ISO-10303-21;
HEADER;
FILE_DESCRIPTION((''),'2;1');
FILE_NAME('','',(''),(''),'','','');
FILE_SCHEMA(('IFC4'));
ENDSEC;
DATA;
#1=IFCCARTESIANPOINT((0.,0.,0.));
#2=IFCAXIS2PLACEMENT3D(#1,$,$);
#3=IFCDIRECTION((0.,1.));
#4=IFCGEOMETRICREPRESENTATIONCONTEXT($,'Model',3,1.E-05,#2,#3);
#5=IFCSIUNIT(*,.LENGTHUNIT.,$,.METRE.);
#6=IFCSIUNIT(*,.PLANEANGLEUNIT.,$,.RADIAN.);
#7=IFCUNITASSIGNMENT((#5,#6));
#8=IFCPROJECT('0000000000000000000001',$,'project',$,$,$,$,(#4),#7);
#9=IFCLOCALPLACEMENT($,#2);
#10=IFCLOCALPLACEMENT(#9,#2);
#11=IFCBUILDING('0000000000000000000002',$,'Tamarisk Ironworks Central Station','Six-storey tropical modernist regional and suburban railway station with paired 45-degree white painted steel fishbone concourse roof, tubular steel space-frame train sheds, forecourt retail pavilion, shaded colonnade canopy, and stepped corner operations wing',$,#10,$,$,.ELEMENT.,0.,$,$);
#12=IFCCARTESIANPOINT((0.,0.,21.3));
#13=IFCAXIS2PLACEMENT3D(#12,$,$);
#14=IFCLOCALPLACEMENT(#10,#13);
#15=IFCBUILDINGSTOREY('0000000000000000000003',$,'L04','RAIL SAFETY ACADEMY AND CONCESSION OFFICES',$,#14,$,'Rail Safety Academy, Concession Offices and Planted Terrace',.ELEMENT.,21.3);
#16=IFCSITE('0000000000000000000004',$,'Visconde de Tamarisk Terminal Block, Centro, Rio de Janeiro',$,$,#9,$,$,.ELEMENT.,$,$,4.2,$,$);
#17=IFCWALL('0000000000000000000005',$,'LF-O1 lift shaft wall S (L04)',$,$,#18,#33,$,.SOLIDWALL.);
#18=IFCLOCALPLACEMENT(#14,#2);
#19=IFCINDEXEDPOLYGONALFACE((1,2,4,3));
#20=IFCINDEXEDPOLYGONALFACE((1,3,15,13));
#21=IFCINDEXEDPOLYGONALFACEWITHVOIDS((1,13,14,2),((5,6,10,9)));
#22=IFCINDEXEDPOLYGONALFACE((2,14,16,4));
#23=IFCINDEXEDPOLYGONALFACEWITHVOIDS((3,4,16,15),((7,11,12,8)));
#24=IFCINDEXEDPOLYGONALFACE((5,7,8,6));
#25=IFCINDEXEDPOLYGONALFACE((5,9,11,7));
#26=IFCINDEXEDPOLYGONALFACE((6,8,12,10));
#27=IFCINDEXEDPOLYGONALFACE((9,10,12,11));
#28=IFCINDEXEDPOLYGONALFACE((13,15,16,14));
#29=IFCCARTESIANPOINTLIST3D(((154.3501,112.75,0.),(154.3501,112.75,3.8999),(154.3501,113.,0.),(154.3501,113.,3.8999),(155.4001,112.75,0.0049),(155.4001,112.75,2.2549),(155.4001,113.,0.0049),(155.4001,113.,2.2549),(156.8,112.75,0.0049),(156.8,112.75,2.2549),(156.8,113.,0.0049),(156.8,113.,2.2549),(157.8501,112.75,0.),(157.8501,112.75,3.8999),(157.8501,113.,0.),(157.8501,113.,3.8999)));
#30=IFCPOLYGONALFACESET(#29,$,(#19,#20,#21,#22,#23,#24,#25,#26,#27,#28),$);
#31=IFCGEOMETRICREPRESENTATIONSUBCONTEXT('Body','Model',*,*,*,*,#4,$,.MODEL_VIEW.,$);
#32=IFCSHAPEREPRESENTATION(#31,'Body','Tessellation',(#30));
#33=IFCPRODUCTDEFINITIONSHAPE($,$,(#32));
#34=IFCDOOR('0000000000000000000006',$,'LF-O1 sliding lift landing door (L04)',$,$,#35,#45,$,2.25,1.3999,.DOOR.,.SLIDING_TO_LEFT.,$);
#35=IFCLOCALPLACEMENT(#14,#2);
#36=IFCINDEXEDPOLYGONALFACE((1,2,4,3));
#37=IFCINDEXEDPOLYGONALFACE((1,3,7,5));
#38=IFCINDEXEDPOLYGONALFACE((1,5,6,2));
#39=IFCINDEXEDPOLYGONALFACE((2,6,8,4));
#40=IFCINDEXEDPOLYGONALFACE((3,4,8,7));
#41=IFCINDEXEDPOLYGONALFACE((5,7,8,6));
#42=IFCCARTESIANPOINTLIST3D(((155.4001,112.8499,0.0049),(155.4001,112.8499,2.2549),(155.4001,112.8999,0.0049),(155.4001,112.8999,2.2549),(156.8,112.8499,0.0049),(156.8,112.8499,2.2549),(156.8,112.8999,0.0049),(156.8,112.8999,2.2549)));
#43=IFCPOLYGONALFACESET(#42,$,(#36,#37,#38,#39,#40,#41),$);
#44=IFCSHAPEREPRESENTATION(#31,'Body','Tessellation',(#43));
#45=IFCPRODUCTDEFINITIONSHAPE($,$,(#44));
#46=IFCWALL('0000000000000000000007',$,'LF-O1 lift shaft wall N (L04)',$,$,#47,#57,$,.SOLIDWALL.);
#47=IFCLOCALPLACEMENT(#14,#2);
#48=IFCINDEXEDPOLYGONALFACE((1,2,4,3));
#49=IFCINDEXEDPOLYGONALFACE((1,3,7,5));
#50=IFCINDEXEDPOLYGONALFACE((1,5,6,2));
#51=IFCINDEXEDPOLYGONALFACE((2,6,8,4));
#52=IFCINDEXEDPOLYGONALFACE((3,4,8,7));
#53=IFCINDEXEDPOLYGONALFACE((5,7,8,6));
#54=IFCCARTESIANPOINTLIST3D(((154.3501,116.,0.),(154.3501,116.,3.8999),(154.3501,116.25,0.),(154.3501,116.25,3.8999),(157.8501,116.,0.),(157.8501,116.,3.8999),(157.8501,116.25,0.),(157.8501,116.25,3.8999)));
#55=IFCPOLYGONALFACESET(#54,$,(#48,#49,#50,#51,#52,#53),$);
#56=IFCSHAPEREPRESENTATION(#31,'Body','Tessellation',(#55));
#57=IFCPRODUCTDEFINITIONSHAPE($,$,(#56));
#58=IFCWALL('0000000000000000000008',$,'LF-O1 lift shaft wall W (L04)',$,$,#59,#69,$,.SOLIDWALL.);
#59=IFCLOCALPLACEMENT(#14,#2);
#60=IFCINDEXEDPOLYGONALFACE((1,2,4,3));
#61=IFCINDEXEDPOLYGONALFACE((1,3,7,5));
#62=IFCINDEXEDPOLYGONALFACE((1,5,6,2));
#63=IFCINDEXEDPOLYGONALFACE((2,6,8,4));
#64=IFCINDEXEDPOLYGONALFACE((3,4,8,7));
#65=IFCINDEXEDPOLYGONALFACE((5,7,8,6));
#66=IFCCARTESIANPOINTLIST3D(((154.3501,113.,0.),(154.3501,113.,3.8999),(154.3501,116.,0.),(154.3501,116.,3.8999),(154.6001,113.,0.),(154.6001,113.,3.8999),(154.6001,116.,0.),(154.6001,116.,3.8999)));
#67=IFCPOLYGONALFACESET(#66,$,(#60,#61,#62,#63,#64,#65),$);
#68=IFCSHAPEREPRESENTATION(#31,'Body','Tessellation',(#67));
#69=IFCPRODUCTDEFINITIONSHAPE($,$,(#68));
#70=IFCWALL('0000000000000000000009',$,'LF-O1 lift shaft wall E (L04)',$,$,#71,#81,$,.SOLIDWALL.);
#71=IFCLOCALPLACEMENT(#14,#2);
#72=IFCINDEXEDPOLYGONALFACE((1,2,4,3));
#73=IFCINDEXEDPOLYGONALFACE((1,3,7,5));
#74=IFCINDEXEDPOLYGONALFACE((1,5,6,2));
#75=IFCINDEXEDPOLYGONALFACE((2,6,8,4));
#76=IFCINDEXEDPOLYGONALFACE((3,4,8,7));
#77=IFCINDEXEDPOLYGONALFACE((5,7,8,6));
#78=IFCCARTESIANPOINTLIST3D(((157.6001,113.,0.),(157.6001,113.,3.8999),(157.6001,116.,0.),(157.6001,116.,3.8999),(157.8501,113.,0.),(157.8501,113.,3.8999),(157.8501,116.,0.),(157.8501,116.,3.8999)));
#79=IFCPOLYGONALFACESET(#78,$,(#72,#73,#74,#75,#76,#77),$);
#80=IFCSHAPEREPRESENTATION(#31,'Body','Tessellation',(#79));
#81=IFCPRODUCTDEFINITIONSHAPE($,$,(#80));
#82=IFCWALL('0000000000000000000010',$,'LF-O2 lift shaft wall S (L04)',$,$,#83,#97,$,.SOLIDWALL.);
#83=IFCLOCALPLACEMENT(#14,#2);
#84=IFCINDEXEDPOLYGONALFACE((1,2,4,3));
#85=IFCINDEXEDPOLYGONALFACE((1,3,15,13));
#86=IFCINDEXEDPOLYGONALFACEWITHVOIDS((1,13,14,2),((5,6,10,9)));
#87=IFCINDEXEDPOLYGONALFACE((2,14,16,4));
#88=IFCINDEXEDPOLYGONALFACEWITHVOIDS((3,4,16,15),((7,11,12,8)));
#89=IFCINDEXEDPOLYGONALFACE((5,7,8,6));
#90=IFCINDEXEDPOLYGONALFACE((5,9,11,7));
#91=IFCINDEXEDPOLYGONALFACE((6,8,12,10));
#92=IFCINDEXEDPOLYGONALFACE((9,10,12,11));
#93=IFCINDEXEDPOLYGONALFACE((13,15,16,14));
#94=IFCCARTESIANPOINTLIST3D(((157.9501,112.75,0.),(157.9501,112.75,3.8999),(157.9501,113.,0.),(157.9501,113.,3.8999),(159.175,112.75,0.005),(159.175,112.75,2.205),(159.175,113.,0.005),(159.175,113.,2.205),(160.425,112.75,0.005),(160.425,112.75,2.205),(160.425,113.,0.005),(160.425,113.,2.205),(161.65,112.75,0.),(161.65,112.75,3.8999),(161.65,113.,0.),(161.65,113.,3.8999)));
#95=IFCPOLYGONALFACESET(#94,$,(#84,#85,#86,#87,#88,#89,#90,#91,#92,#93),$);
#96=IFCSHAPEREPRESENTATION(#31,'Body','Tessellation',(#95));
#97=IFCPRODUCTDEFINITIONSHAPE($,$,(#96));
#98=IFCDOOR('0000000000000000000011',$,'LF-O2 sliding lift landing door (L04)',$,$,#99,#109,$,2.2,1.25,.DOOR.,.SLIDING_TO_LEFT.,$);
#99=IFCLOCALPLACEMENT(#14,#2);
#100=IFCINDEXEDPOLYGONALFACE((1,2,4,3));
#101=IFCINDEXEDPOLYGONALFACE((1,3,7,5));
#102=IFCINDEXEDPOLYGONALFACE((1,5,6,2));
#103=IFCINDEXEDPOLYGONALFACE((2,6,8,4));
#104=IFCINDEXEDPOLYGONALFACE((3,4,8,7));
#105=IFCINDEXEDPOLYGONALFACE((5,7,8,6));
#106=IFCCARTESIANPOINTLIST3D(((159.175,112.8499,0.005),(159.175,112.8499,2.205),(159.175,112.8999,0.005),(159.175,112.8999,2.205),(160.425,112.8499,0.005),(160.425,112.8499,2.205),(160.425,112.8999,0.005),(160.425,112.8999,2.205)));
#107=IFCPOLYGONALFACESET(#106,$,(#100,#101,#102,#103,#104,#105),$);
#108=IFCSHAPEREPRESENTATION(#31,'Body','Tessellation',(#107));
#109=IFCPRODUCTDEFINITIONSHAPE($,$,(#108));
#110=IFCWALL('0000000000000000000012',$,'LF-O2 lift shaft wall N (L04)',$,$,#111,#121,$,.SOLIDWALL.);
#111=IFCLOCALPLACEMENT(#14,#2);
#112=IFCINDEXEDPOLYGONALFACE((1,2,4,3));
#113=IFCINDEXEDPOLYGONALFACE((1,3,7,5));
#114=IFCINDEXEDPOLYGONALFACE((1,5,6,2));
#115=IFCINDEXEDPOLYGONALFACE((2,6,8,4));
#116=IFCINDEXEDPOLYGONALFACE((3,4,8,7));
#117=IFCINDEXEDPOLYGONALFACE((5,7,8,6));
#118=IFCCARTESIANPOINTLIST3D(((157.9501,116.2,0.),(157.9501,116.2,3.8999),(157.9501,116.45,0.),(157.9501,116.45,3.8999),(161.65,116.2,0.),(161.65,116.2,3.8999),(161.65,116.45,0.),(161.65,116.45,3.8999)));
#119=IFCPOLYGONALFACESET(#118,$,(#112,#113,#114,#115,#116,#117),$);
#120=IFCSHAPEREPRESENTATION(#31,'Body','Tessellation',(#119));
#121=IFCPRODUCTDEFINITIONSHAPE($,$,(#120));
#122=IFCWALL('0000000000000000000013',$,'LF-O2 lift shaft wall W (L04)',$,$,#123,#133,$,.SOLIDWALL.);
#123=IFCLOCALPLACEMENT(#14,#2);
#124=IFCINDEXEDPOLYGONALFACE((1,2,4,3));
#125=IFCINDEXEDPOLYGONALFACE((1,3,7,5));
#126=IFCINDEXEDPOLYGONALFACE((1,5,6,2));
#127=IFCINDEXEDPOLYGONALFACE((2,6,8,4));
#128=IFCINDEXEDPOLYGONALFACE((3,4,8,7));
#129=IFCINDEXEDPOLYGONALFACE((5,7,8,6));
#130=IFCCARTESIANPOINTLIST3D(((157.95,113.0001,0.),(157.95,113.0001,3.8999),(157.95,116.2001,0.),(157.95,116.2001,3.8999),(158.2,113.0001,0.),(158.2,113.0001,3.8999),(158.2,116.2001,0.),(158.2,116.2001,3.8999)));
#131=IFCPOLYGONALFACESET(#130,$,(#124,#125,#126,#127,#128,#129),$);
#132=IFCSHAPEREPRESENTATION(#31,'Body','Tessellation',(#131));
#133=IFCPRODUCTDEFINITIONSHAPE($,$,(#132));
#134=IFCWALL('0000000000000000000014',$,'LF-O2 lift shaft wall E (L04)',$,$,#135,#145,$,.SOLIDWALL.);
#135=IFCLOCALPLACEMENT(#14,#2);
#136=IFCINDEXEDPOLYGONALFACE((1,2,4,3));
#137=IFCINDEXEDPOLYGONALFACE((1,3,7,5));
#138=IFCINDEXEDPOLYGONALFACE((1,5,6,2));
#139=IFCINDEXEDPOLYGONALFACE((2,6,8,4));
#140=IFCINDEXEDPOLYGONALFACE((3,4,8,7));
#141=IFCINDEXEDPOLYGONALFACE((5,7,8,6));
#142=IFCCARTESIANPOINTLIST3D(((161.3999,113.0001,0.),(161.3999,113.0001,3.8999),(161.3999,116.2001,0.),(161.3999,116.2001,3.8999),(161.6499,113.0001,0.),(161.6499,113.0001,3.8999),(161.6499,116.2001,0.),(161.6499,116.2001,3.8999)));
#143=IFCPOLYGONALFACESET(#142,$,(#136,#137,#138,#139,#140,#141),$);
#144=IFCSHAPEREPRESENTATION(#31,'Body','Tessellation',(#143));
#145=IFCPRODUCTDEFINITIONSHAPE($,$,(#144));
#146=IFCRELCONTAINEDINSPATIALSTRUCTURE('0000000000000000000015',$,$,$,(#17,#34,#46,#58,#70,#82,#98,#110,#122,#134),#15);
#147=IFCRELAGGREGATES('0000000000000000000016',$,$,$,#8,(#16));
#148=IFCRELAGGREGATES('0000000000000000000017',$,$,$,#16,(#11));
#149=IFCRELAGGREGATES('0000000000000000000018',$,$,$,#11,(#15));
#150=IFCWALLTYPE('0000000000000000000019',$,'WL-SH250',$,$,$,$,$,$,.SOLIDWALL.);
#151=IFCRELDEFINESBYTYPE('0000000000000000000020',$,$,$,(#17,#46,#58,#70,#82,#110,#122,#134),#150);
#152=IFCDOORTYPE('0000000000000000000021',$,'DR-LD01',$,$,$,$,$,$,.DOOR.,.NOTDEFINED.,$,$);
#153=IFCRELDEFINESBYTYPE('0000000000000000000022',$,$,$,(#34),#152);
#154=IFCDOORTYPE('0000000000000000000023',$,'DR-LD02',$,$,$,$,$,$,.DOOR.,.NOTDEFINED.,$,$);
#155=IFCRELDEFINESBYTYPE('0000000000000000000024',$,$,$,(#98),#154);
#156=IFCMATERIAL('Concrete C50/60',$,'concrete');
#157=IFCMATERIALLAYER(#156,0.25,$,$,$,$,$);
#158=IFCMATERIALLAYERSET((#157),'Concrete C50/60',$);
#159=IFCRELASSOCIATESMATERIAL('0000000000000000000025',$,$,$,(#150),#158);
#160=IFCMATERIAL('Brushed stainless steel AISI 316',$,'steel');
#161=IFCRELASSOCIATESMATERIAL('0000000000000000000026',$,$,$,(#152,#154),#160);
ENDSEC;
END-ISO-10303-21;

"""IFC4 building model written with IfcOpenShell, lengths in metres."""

from ifc_helpers import new_model, si_unit, direction, frame, frame_2d, origin, place, context, subcontext, project, spatial, rectangle, extrude, material, layer, layer_set, type_object, element, fill, save


model = new_model("IFC4")

# Units and contexts
model_context = context("Model", 3, precision=1e-05, world=origin(), true_north=direction((0.0, 1.0)))
body_context = subcontext(model_context, "Body", "Model", "MODEL_VIEW")
ifc_project = project(units=[si_unit("LENGTHUNIT", "METRE"), si_unit("PLANEANGLEUNIT", "RADIAN")], contexts=[model_context])

# Site, building, storey
site_placement = place(None, origin())
site = spatial("IfcSite", under=ifc_project, at=site_placement, Name="Visconde de Tamarisk Terminal Block, Centro, Rio de Janeiro", CompositionType="ELEMENT", RefElevation=4.2)
building_placement = place(site_placement, origin())
building = spatial("IfcBuilding", under=site, at=building_placement, Name="Tamarisk Ironworks Central Station", Description="Six-storey tropical modernist regional and suburban railway station with paired 45-degree white painted steel fishbone concourse roof, tubular steel space-frame train sheds, forecourt retail pavilion, shaded colonnade canopy, and stepped corner operations wing", CompositionType="ELEMENT", ElevationOfRefHeight=0.0)
storey_placement = place(building_placement, frame((0.0, 0.0, 21.3)))
storey = spatial("IfcBuildingStorey", under=building, at=storey_placement, Name="L04", Description="RAIL SAFETY ACADEMY AND CONCESSION OFFICES", LongName="Rail Safety Academy, Concession Offices and Planted Terrace", CompositionType="ELEMENT", Elevation=21.3)

# Wall, opening, door
ifc_material_1 = material(Name="Concrete C50/60", Category="concrete")
ifc_layer_1 = layer(ifc_material_1, 0.25)
ifc_layer_set_1 = layer_set([ifc_layer_1], Name="Concrete C50/60")
wall_type_1 = type_object("IfcWallType", Name="WL-SH250", PredefinedType="SOLIDWALL", material=ifc_layer_set_1)
wall_1_placement = place(storey_placement, frame((154.3501, 112.875, 0.0), z_axis=(0.0, 0.0, 1.0), x_axis=(1.0, 0.0, 0.0)))
wall_1 = element("IfcWall", 1, at=wall_1_placement, inside=storey, type_object=wall_type_1, Name="LF-O1 lift shaft wall S (L04)", PredefinedType="SOLIDWALL", context=body_context, shape_type="SweptSolid", body=[
    extrude(rectangle(XDim=3.5, YDim=0.25, at=frame_2d((1.75, 0.0))), origin(), (0.0, 0.0, 1.0), 3.8999),
])
opening_1_placement = place(wall_1_placement, frame((1.05, 0.0, 0.0049)))
opening_1 = element("IfcOpeningElement", 2, at=opening_1_placement, cuts=wall_1, PredefinedType="OPENING", context=body_context, shape_type="SweptSolid", body=[
    extrude(rectangle(XDim=1.3999, YDim=2.25, at=frame_2d((0.7, 1.125))), frame((0.0, 0.137, 0.0), z_axis=(0.0, -1.0, 0.0), x_axis=(1.0, 0.0, 0.0)), (0.0, 0.0, 1.0), 0.2739),
])
ifc_material_2 = material(Name="Brushed stainless steel AISI 316", Category="steel")
door_type_1 = type_object("IfcDoorType", Name="DR-LD01", OperationType="NOTDEFINED", PredefinedType="DOOR", material=ifc_material_2)
door_1_placement = place(opening_1_placement, origin())
door_1 = element("IfcDoor", 3, at=door_1_placement, inside=storey, type_object=door_type_1, Name="LF-O1 sliding lift landing door (L04)", OperationType="SLIDING_TO_LEFT", OverallHeight=2.25, OverallWidth=1.3999, PredefinedType="DOOR", context=body_context, shape_type="SweptSolid", body=[
    extrude(rectangle(XDim=1.3999, YDim=2.25, at=frame_2d((0.7, 1.125))), frame((0.0, 0.0249, 0.0), z_axis=(0.0, -1.0, 0.0), x_axis=(1.0, 0.0, 0.0)), (0.0, 0.0, 1.0), 0.05),
])
fill(opening_1, door_1)

# Walls
wall_2_placement = place(storey_placement, frame((154.3501, 116.125, 0.0), z_axis=(0.0, 0.0, 1.0), x_axis=(1.0, 0.0, 0.0)))
element("IfcWall", 4, at=wall_2_placement, inside=storey, type_object=wall_type_1, Name="LF-O1 lift shaft wall N (L04)", PredefinedType="SOLIDWALL", context=body_context, shape_type="SweptSolid", body=[
    extrude(rectangle(XDim=3.5, YDim=0.25, at=frame_2d((1.75, 0.0))), origin(), (0.0, 0.0, 1.0), 3.8999),
])
for number, where, z_axis, x_axis, name in (
    (5, (154.4751, 113.0, 0.0), (0.0, 0.0, 1.0), (0.0, 1.0, 0.0), "LF-O1 lift shaft wall W (L04)"),
    (6, (157.7251, 113.0, 0.0), (0.0, 0.0, 1.0), (0.0, 1.0, 0.0), "LF-O1 lift shaft wall E (L04)"),
):
    element("IfcWall", number, at=place(storey_placement, frame(where, z_axis=z_axis, x_axis=x_axis)), inside=storey, type_object=wall_type_1, Name=name, PredefinedType="SOLIDWALL", context=body_context, shape_type="SweptSolid", body=[
        extrude(rectangle(XDim=3.0, YDim=0.25, at=frame_2d((1.5, 0.0))), origin(), (0.0, 0.0, 1.0), 3.8999),
    ])

# Wall, opening, door
wall_3_placement = place(storey_placement, frame((157.95, 112.875, 0.0), z_axis=(0.0, 0.0, 1.0), x_axis=(1.0, 0.0, 0.0)))
wall_3 = element("IfcWall", 7, at=wall_3_placement, inside=storey, type_object=wall_type_1, Name="LF-O2 lift shaft wall S (L04)", PredefinedType="SOLIDWALL", context=body_context, shape_type="SweptSolid", body=[
    extrude(rectangle(XDim=3.7, YDim=0.25, at=frame_2d((1.8501, 0.0))), origin(), (0.0, 0.0, 1.0), 3.8999),
])
opening_2_placement = place(wall_3_placement, frame((1.2251, 0.0, 0.0049)))
opening_2 = element("IfcOpeningElement", 8, at=opening_2_placement, cuts=wall_3, PredefinedType="OPENING", context=body_context, shape_type="SweptSolid", body=[
    extrude(rectangle(XDim=1.25, YDim=2.2, at=frame_2d((0.625, 1.1001))), frame((0.0, 0.137, 0.0), z_axis=(0.0, -1.0, 0.0), x_axis=(1.0, 0.0, 0.0)), (0.0, 0.0, 1.0), 0.2739),
])
door_type_2 = type_object("IfcDoorType", Name="DR-LD02", OperationType="NOTDEFINED", PredefinedType="DOOR", material=ifc_material_2)
door_2_placement = place(opening_2_placement, origin())
door_2 = element("IfcDoor", 9, at=door_2_placement, inside=storey, type_object=door_type_2, Name="LF-O2 sliding lift landing door (L04)", OperationType="SLIDING_TO_LEFT", OverallHeight=2.2, OverallWidth=1.25, PredefinedType="DOOR", context=body_context, shape_type="SweptSolid", body=[
    extrude(rectangle(XDim=1.25, YDim=2.2, at=frame_2d((0.625, 1.1001))), frame((0.0, 0.0249, 0.0), z_axis=(0.0, -1.0, 0.0), x_axis=(1.0, 0.0, 0.0)), (0.0, 0.0, 1.0), 0.05),
])
fill(opening_2, door_2)

# Walls
wall_4_placement = place(storey_placement, frame((157.95, 116.325, 0.0), z_axis=(0.0, 0.0, 1.0), x_axis=(1.0, 0.0, 0.0)))
element("IfcWall", 10, at=wall_4_placement, inside=storey, type_object=wall_type_1, Name="LF-O2 lift shaft wall N (L04)", PredefinedType="SOLIDWALL", context=body_context, shape_type="SweptSolid", body=[
    extrude(rectangle(XDim=3.7, YDim=0.25, at=frame_2d((1.8501, 0.0))), origin(), (0.0, 0.0, 1.0), 3.8999),
])
for number, where, z_axis, x_axis, name in (
    (11, (158.075, 113.0, 0.0), (0.0, 0.0, 1.0), (0.0, 1.0, 0.0), "LF-O2 lift shaft wall W (L04)"),
    (12, (161.5249, 113.0, 0.0), (0.0, 0.0, 1.0), (0.0, 1.0, 0.0), "LF-O2 lift shaft wall E (L04)"),
):
    element("IfcWall", number, at=place(storey_placement, frame(where, z_axis=z_axis, x_axis=x_axis)), inside=storey, type_object=wall_type_1, Name=name, PredefinedType="SOLIDWALL", context=body_context, shape_type="SweptSolid", body=[
        extrude(rectangle(XDim=3.2, YDim=0.25, at=frame_2d((1.6001, 0.0))), origin(), (0.0, 0.0, 1.0), 3.8999),
    ])

save(model, "model.ifc")
